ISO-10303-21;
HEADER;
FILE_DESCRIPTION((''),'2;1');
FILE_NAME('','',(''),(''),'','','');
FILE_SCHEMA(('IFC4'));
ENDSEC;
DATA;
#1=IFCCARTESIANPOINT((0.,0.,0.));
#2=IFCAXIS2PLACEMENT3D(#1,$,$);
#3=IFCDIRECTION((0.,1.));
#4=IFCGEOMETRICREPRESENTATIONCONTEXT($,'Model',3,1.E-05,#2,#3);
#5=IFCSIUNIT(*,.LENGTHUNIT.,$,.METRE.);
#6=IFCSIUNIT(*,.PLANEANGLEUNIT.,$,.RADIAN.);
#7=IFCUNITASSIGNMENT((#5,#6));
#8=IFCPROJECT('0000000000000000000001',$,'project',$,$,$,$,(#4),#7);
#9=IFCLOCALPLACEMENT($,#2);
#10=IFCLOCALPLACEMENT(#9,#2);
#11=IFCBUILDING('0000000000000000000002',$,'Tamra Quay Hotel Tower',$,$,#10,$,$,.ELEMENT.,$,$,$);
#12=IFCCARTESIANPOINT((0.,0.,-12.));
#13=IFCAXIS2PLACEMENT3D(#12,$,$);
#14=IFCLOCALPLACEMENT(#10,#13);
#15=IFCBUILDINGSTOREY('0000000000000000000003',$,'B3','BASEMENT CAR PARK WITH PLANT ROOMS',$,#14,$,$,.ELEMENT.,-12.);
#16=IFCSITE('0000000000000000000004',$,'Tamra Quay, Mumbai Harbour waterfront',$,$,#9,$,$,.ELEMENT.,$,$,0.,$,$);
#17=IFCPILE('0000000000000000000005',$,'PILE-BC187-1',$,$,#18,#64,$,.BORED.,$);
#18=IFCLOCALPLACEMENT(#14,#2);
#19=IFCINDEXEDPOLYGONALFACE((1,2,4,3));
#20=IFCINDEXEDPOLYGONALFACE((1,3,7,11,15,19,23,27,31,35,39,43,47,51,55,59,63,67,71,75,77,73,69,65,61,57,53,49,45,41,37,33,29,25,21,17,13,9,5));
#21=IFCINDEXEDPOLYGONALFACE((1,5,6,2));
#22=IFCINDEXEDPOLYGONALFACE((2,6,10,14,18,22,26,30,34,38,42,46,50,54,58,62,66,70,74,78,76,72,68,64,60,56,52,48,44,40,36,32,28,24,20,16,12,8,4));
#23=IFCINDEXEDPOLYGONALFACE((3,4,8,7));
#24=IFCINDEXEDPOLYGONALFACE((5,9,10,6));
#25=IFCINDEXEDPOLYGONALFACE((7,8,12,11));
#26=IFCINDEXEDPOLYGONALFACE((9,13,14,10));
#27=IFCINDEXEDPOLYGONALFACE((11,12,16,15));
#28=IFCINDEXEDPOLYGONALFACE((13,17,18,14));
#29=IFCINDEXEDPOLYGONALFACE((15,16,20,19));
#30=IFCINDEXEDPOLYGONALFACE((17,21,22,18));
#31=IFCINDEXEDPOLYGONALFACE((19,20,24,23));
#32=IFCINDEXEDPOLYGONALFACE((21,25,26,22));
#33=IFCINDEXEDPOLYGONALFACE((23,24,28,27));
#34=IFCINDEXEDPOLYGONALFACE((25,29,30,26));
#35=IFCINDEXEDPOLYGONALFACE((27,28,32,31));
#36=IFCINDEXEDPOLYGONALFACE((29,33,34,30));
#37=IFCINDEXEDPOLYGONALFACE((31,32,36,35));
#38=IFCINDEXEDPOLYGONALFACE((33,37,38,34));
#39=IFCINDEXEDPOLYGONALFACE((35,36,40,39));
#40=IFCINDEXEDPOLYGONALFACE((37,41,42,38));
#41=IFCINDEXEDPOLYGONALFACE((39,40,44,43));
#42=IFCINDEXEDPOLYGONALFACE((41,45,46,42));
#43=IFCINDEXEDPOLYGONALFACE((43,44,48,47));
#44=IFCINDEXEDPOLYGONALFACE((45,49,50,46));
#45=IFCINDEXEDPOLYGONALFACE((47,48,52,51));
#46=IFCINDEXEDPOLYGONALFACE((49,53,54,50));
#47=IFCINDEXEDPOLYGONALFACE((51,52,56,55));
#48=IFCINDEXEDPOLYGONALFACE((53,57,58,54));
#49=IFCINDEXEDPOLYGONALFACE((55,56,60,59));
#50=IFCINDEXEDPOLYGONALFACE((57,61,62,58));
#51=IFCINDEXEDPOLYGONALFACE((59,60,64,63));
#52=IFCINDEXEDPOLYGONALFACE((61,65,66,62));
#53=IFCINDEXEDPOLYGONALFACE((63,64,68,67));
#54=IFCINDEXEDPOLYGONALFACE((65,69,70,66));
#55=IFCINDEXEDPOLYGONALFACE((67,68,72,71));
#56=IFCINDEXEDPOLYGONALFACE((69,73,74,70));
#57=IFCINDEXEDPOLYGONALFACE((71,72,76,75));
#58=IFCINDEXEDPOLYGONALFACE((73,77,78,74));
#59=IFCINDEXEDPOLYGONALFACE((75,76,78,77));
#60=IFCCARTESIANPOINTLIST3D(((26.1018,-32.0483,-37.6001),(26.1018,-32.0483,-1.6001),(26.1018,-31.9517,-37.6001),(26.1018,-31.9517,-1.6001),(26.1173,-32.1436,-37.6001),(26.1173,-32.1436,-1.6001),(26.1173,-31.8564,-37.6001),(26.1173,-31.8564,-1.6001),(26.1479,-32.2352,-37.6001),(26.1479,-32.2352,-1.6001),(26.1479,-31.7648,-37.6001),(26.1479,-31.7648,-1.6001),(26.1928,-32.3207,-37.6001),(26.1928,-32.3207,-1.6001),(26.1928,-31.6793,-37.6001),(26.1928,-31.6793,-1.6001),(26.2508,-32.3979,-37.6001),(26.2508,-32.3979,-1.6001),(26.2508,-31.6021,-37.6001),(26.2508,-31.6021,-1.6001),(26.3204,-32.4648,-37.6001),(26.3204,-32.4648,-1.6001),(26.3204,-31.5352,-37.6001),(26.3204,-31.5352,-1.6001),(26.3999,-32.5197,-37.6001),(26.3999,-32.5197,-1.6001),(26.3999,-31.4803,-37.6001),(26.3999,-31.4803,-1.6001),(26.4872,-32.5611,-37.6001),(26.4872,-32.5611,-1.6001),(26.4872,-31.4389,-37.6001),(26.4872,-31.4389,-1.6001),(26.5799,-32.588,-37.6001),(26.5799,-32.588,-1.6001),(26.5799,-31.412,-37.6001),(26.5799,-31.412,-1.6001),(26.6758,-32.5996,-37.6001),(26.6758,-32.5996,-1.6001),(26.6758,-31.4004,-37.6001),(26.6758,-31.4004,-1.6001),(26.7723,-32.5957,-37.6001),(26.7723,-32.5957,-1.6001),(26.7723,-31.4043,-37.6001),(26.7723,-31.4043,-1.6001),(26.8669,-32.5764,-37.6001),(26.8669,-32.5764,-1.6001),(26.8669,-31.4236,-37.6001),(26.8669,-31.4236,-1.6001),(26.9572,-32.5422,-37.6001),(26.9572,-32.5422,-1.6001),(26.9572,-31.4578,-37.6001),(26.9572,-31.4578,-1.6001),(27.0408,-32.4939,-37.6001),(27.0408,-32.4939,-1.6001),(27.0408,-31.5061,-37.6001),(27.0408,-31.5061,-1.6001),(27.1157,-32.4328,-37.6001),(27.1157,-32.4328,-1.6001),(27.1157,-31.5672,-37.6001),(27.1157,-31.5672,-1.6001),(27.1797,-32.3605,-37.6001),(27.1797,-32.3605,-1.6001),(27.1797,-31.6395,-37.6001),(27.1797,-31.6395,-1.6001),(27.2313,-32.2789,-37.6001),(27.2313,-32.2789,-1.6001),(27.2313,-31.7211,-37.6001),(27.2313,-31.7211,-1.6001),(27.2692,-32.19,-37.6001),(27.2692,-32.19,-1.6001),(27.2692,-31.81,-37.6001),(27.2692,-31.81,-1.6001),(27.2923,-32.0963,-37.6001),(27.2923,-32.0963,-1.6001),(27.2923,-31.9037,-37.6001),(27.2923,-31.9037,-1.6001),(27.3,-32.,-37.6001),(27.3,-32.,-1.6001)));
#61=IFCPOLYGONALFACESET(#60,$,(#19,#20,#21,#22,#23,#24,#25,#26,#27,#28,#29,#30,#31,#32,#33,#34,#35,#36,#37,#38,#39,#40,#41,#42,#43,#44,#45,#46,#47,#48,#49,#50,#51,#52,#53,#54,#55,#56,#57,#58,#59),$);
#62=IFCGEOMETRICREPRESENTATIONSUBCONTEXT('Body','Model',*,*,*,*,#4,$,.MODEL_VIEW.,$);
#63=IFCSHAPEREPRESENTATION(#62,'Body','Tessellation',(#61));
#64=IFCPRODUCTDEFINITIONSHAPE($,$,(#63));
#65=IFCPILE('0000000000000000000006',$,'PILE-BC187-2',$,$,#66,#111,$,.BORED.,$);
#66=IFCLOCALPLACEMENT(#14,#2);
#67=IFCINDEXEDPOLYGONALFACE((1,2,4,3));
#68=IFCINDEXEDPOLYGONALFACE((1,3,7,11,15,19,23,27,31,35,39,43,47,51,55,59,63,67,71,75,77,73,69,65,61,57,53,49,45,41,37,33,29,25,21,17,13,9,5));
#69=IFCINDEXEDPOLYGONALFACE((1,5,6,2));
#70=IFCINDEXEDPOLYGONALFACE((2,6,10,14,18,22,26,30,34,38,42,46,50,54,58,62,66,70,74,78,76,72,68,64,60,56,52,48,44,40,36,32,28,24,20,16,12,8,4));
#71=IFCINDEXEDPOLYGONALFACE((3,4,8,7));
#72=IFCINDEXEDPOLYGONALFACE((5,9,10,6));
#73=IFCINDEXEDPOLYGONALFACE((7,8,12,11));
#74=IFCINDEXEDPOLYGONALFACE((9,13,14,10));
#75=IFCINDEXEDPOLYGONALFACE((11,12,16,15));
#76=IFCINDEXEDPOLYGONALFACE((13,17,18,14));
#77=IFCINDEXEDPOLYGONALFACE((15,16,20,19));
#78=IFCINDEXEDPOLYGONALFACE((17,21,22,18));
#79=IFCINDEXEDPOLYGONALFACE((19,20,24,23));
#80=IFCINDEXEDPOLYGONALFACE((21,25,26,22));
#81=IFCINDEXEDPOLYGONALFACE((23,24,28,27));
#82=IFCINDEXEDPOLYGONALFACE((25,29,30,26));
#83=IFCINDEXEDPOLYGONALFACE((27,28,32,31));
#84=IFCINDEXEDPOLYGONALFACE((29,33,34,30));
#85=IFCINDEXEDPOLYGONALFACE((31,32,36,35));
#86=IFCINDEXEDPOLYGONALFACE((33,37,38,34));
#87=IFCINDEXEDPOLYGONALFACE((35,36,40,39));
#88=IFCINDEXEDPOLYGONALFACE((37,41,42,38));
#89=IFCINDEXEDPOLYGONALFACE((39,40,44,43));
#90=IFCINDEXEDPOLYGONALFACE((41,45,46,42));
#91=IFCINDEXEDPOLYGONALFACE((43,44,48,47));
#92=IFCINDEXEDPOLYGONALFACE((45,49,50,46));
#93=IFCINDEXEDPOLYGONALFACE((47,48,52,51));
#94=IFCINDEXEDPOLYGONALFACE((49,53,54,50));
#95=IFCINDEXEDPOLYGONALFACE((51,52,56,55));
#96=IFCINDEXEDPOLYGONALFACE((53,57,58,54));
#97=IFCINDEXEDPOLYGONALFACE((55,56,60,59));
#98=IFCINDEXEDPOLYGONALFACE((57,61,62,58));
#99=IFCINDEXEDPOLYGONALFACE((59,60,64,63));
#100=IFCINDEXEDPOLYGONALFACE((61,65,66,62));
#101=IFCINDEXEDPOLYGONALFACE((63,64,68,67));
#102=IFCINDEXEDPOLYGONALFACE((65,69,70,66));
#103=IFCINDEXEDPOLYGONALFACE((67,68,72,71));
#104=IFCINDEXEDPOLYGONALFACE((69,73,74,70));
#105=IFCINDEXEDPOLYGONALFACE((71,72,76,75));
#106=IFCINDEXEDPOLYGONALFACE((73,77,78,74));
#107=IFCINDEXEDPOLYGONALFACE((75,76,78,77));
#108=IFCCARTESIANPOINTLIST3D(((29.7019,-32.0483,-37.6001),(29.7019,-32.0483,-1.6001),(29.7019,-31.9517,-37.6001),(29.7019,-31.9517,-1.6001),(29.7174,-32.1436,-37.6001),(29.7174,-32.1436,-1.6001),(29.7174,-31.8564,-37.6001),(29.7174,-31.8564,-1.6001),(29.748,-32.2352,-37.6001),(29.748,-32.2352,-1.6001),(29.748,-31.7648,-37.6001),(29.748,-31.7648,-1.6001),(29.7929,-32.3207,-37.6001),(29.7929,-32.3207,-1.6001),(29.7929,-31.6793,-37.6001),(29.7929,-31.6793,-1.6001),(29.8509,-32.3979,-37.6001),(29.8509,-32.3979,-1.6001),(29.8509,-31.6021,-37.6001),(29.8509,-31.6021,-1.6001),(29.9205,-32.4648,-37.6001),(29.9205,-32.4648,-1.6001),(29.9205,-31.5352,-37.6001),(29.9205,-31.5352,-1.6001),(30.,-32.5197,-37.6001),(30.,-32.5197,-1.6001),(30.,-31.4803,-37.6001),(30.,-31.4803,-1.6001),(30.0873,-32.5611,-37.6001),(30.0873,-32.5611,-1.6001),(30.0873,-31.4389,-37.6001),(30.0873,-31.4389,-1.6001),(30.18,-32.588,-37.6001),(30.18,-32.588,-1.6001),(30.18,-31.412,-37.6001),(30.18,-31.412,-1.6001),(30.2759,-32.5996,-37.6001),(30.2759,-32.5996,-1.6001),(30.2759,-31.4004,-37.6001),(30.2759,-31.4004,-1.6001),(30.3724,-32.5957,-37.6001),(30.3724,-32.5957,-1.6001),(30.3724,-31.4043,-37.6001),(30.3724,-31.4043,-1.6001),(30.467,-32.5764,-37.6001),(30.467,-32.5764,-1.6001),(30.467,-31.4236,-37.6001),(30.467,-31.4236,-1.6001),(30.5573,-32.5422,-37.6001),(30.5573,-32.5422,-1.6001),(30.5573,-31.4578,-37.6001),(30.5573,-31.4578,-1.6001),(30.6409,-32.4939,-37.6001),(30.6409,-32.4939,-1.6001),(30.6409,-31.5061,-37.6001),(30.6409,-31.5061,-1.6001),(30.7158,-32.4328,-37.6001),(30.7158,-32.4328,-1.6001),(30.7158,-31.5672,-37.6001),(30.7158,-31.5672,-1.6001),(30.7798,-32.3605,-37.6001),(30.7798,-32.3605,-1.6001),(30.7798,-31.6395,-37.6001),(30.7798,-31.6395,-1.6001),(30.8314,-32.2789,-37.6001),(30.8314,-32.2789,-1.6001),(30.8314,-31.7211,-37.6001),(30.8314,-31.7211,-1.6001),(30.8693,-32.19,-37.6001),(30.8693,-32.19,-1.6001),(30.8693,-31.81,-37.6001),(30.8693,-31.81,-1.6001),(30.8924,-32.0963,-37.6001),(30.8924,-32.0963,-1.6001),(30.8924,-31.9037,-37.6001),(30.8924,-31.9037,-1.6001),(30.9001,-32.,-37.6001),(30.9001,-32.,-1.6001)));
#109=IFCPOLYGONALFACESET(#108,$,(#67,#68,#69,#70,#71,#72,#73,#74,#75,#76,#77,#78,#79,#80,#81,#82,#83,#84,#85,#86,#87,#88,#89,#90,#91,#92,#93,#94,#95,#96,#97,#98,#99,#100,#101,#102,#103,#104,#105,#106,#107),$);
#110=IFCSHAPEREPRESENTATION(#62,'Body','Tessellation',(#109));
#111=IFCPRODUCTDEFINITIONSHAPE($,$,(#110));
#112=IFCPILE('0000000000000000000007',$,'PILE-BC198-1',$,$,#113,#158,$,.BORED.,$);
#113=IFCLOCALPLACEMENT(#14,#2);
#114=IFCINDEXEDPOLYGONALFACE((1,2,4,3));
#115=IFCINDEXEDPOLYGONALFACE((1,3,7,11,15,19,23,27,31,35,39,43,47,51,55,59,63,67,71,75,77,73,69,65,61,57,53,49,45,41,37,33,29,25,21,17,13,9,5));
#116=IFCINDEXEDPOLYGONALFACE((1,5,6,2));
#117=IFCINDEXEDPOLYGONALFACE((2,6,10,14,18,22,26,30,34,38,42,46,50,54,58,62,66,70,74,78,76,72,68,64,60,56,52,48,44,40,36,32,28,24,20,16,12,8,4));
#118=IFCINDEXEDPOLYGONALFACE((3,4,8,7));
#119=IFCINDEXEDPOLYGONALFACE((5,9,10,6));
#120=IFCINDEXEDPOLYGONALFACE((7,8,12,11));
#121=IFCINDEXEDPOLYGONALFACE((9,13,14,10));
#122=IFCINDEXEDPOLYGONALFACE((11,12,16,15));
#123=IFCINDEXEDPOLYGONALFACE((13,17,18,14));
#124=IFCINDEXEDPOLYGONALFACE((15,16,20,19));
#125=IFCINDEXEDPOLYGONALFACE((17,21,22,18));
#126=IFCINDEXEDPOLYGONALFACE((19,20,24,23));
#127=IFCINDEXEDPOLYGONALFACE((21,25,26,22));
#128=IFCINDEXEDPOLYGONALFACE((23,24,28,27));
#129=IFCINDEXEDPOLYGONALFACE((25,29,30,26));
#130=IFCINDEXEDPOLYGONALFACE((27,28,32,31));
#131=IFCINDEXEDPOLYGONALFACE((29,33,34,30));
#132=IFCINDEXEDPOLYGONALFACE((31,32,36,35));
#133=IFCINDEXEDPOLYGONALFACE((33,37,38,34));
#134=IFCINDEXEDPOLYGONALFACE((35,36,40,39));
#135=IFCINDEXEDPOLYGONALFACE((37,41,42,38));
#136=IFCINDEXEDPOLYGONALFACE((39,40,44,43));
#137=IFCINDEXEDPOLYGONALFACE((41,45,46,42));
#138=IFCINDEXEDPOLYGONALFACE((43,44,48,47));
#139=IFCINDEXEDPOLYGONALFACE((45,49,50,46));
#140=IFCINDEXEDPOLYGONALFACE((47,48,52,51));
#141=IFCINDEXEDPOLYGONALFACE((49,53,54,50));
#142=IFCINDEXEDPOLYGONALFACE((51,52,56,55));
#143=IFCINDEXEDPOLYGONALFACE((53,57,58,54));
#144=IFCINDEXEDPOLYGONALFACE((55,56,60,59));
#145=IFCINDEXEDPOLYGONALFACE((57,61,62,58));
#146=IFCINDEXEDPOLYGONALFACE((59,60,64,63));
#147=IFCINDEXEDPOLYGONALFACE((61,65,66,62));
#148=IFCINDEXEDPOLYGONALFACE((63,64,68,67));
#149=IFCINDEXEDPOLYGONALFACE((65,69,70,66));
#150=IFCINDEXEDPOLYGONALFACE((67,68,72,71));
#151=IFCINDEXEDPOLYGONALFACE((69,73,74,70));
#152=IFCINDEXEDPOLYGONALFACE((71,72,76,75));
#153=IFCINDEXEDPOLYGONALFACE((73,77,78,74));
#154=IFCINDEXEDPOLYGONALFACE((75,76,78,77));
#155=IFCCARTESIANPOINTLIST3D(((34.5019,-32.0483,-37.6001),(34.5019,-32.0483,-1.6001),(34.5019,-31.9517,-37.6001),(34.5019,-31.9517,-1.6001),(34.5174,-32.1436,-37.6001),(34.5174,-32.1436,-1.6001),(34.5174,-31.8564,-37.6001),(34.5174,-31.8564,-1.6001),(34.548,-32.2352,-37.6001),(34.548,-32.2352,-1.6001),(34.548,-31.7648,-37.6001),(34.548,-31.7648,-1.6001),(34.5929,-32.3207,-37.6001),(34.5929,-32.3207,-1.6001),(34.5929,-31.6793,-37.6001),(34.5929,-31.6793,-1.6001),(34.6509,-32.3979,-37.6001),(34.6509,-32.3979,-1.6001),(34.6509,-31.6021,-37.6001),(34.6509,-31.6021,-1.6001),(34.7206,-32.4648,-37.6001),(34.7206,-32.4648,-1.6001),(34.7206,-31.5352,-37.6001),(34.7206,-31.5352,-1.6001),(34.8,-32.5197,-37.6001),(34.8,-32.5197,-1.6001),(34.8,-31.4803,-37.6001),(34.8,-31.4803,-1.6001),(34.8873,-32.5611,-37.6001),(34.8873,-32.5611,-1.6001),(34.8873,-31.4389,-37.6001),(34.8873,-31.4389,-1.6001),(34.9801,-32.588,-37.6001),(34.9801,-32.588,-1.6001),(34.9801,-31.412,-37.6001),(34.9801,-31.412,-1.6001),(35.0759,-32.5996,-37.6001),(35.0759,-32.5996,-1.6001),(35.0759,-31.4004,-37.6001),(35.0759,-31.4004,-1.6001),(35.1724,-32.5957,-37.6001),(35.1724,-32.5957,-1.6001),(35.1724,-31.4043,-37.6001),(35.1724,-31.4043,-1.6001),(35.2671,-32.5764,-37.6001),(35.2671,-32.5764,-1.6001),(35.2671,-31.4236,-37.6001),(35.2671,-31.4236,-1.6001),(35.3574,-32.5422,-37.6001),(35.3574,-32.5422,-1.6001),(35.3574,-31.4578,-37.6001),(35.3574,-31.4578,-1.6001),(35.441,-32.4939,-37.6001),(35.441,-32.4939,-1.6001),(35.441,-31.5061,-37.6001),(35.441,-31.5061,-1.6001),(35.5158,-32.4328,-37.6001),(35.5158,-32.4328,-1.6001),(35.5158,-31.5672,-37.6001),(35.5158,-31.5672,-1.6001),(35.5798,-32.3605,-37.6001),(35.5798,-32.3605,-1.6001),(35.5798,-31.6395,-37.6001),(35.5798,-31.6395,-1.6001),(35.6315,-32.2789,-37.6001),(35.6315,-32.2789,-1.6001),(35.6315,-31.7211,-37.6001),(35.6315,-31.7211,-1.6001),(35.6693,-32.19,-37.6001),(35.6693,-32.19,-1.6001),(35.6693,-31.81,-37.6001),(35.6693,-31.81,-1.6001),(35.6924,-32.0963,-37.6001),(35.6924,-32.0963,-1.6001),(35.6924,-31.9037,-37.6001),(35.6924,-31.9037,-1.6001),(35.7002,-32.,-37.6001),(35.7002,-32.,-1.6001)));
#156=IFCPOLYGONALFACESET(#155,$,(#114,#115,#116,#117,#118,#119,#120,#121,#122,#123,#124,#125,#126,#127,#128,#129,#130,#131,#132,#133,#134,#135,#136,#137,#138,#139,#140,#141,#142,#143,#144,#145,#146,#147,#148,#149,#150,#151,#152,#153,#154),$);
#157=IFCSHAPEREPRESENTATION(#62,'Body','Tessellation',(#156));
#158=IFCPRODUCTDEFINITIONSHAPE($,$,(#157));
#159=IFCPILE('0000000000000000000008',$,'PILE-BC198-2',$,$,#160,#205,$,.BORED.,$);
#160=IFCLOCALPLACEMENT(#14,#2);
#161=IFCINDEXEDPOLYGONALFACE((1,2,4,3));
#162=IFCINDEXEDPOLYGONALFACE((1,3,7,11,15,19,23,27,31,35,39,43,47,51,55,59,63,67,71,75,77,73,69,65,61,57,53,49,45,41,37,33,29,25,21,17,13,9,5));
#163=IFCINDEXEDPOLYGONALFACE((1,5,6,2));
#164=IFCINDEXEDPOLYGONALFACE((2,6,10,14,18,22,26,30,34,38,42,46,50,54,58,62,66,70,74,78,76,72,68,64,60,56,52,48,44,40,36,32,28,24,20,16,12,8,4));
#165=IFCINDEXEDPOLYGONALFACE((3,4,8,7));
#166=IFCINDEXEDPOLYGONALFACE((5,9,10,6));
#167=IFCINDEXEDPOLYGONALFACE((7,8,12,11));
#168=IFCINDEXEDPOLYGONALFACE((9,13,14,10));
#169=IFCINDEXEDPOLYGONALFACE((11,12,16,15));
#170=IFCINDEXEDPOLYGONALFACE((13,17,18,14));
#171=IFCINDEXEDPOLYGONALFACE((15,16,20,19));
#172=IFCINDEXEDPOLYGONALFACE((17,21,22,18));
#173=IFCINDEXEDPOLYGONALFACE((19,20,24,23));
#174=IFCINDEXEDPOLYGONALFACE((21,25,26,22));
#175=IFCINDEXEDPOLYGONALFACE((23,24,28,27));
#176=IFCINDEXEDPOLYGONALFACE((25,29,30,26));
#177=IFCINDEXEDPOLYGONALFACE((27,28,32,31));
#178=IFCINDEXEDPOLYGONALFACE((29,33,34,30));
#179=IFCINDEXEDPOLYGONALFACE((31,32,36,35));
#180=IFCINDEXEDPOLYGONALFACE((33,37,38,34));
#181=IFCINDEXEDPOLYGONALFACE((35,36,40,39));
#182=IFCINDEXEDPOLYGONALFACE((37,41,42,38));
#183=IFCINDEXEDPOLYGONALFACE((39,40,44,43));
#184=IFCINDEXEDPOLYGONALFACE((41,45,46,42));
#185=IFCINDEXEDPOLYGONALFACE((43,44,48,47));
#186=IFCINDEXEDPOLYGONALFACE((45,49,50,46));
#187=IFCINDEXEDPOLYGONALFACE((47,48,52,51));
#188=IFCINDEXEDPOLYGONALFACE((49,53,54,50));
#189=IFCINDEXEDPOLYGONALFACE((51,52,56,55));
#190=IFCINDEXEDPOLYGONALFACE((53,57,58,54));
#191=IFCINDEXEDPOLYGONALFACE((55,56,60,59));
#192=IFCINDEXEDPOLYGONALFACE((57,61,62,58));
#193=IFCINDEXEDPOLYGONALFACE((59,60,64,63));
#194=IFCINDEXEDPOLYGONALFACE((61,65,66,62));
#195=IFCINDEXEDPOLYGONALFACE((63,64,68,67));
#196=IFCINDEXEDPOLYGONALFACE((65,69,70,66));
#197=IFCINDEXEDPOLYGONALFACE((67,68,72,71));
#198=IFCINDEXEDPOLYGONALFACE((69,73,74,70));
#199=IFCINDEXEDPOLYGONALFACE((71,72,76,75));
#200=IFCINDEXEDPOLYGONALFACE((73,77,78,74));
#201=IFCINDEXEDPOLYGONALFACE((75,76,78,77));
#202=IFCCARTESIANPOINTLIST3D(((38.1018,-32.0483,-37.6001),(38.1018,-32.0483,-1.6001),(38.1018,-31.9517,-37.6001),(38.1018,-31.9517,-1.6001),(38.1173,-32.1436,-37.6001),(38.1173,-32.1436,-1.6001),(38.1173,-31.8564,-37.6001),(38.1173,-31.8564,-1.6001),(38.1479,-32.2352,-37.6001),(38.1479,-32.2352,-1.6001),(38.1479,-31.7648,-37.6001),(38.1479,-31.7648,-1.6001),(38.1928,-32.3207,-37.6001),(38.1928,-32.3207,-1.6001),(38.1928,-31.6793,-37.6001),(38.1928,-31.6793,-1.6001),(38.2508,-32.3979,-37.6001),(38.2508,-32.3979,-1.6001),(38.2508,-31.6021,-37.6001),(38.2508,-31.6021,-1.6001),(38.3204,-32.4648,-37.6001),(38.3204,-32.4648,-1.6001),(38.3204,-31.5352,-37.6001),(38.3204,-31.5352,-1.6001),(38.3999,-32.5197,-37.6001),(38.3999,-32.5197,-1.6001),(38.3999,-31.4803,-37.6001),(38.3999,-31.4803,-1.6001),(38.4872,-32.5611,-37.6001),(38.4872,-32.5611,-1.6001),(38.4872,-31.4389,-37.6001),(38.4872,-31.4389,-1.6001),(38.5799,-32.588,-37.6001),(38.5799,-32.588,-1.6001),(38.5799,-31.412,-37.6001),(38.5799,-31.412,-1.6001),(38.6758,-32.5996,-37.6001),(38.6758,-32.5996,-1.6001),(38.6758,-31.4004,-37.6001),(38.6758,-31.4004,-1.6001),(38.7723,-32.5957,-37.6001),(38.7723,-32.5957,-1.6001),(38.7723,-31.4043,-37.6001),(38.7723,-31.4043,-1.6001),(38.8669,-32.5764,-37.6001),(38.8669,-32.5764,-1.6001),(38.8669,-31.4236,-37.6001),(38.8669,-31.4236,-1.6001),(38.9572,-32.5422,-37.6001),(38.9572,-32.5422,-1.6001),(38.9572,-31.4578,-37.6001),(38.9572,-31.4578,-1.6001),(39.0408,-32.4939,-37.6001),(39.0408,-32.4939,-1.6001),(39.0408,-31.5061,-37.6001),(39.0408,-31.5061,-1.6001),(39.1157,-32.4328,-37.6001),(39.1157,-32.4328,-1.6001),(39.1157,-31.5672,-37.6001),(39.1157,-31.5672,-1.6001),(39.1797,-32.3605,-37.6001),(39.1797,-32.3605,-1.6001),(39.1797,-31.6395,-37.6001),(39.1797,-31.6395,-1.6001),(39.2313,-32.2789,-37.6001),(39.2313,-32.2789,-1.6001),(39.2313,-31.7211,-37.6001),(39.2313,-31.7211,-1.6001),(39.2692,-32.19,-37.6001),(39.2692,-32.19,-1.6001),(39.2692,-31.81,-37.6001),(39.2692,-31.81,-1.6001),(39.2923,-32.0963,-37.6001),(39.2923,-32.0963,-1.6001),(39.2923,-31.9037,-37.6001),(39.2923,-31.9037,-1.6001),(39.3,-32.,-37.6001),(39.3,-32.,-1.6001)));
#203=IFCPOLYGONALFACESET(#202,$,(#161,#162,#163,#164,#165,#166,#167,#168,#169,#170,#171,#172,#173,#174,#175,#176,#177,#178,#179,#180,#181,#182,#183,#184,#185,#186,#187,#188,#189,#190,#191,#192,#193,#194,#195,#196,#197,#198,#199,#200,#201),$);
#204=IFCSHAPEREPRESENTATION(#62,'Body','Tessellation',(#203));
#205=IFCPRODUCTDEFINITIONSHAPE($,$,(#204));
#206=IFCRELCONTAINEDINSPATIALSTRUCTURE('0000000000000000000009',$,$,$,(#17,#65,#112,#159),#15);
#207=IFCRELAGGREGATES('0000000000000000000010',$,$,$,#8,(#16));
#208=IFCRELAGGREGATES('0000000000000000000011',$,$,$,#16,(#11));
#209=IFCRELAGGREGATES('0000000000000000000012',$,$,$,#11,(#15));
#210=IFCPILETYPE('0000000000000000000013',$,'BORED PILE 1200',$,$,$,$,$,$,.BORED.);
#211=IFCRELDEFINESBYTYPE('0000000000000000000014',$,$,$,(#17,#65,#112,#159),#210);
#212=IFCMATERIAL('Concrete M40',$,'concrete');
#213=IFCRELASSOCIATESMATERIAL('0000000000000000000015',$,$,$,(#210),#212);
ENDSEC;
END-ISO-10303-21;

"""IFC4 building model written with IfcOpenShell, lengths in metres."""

from ifc_helpers import new_model, si_unit, direction, frame, origin, origin_2d, place, context, subcontext, project, spatial, circle, extrude, material, material_profile, profile_set, type_object, element, save


model = new_model("IFC4")

# Units and contexts
model_context = context("Model", 3, precision=1e-05, world=origin(), true_north=direction((0.0, 1.0)))
body_context = subcontext(model_context, "Body", "Model", "MODEL_VIEW")
ifc_project = project(units=[si_unit("LENGTHUNIT", "METRE"), si_unit("PLANEANGLEUNIT", "RADIAN")], contexts=[model_context])

# Site, building, storey
site_placement = place(None, origin())
site = spatial("IfcSite", under=ifc_project, at=site_placement, Name="Tamra Quay, Mumbai Harbour waterfront", CompositionType="ELEMENT", RefElevation=0.0)
building_placement = place(site_placement, origin())
building = spatial("IfcBuilding", under=site, at=building_placement, Name="Tamra Quay Hotel Tower", CompositionType="ELEMENT")
storey_placement = place(building_placement, frame((0.0, 0.0, -12.0)))
storey = spatial("IfcBuildingStorey", under=building, at=storey_placement, Name="B3", Description="BASEMENT CAR PARK WITH PLANT ROOMS", CompositionType="ELEMENT", Elevation=-12.0)

# Piles
ifc_material_1 = material(Name="Concrete M40", Category="concrete")
ifc_material_profile_1 = material_profile(ifc_material_1, circle(Radius=0.6001, at=origin_2d()), Name="BORED PILE 1200")
ifc_profile_set_1 = profile_set([ifc_material_profile_1], Name="Concrete M40")
pile_type_1 = type_object("IfcPileType", Name="BORED PILE 1200", PredefinedType="BORED", material=ifc_profile_set_1)
for number, where, z_axis, x_axis, name in (
    (1, (26.7, -32.0, -1.6001), (0.0, 0.0, -1.0), (1.0, 0.0, 0.0), "PILE-BC187-1"),
    (2, (30.3, -32.0, -1.6001), (0.0, 0.0, -1.0), (1.0, 0.0, 0.0), "PILE-BC187-2"),
    (3, (35.1001, -32.0, -1.6001), (0.0, 0.0, -1.0), (1.0, 0.0, 0.0), "PILE-BC198-1"),
    (4, (38.7, -32.0, -1.6001), (0.0, 0.0, -1.0), (1.0, 0.0, 0.0), "PILE-BC198-2"),
):
    element("IfcPile", number, at=place(storey_placement, frame(where, z_axis=z_axis, x_axis=x_axis)), inside=storey, type_object=pile_type_1, Name=name, PredefinedType="BORED", context=body_context, shape_type="SweptSolid", body=[
        extrude(circle(Radius=0.6001, at=origin_2d()), origin(), (0.0, 0.0, 1.0), 36.0),
    ])

save(model, "model.ifc")
